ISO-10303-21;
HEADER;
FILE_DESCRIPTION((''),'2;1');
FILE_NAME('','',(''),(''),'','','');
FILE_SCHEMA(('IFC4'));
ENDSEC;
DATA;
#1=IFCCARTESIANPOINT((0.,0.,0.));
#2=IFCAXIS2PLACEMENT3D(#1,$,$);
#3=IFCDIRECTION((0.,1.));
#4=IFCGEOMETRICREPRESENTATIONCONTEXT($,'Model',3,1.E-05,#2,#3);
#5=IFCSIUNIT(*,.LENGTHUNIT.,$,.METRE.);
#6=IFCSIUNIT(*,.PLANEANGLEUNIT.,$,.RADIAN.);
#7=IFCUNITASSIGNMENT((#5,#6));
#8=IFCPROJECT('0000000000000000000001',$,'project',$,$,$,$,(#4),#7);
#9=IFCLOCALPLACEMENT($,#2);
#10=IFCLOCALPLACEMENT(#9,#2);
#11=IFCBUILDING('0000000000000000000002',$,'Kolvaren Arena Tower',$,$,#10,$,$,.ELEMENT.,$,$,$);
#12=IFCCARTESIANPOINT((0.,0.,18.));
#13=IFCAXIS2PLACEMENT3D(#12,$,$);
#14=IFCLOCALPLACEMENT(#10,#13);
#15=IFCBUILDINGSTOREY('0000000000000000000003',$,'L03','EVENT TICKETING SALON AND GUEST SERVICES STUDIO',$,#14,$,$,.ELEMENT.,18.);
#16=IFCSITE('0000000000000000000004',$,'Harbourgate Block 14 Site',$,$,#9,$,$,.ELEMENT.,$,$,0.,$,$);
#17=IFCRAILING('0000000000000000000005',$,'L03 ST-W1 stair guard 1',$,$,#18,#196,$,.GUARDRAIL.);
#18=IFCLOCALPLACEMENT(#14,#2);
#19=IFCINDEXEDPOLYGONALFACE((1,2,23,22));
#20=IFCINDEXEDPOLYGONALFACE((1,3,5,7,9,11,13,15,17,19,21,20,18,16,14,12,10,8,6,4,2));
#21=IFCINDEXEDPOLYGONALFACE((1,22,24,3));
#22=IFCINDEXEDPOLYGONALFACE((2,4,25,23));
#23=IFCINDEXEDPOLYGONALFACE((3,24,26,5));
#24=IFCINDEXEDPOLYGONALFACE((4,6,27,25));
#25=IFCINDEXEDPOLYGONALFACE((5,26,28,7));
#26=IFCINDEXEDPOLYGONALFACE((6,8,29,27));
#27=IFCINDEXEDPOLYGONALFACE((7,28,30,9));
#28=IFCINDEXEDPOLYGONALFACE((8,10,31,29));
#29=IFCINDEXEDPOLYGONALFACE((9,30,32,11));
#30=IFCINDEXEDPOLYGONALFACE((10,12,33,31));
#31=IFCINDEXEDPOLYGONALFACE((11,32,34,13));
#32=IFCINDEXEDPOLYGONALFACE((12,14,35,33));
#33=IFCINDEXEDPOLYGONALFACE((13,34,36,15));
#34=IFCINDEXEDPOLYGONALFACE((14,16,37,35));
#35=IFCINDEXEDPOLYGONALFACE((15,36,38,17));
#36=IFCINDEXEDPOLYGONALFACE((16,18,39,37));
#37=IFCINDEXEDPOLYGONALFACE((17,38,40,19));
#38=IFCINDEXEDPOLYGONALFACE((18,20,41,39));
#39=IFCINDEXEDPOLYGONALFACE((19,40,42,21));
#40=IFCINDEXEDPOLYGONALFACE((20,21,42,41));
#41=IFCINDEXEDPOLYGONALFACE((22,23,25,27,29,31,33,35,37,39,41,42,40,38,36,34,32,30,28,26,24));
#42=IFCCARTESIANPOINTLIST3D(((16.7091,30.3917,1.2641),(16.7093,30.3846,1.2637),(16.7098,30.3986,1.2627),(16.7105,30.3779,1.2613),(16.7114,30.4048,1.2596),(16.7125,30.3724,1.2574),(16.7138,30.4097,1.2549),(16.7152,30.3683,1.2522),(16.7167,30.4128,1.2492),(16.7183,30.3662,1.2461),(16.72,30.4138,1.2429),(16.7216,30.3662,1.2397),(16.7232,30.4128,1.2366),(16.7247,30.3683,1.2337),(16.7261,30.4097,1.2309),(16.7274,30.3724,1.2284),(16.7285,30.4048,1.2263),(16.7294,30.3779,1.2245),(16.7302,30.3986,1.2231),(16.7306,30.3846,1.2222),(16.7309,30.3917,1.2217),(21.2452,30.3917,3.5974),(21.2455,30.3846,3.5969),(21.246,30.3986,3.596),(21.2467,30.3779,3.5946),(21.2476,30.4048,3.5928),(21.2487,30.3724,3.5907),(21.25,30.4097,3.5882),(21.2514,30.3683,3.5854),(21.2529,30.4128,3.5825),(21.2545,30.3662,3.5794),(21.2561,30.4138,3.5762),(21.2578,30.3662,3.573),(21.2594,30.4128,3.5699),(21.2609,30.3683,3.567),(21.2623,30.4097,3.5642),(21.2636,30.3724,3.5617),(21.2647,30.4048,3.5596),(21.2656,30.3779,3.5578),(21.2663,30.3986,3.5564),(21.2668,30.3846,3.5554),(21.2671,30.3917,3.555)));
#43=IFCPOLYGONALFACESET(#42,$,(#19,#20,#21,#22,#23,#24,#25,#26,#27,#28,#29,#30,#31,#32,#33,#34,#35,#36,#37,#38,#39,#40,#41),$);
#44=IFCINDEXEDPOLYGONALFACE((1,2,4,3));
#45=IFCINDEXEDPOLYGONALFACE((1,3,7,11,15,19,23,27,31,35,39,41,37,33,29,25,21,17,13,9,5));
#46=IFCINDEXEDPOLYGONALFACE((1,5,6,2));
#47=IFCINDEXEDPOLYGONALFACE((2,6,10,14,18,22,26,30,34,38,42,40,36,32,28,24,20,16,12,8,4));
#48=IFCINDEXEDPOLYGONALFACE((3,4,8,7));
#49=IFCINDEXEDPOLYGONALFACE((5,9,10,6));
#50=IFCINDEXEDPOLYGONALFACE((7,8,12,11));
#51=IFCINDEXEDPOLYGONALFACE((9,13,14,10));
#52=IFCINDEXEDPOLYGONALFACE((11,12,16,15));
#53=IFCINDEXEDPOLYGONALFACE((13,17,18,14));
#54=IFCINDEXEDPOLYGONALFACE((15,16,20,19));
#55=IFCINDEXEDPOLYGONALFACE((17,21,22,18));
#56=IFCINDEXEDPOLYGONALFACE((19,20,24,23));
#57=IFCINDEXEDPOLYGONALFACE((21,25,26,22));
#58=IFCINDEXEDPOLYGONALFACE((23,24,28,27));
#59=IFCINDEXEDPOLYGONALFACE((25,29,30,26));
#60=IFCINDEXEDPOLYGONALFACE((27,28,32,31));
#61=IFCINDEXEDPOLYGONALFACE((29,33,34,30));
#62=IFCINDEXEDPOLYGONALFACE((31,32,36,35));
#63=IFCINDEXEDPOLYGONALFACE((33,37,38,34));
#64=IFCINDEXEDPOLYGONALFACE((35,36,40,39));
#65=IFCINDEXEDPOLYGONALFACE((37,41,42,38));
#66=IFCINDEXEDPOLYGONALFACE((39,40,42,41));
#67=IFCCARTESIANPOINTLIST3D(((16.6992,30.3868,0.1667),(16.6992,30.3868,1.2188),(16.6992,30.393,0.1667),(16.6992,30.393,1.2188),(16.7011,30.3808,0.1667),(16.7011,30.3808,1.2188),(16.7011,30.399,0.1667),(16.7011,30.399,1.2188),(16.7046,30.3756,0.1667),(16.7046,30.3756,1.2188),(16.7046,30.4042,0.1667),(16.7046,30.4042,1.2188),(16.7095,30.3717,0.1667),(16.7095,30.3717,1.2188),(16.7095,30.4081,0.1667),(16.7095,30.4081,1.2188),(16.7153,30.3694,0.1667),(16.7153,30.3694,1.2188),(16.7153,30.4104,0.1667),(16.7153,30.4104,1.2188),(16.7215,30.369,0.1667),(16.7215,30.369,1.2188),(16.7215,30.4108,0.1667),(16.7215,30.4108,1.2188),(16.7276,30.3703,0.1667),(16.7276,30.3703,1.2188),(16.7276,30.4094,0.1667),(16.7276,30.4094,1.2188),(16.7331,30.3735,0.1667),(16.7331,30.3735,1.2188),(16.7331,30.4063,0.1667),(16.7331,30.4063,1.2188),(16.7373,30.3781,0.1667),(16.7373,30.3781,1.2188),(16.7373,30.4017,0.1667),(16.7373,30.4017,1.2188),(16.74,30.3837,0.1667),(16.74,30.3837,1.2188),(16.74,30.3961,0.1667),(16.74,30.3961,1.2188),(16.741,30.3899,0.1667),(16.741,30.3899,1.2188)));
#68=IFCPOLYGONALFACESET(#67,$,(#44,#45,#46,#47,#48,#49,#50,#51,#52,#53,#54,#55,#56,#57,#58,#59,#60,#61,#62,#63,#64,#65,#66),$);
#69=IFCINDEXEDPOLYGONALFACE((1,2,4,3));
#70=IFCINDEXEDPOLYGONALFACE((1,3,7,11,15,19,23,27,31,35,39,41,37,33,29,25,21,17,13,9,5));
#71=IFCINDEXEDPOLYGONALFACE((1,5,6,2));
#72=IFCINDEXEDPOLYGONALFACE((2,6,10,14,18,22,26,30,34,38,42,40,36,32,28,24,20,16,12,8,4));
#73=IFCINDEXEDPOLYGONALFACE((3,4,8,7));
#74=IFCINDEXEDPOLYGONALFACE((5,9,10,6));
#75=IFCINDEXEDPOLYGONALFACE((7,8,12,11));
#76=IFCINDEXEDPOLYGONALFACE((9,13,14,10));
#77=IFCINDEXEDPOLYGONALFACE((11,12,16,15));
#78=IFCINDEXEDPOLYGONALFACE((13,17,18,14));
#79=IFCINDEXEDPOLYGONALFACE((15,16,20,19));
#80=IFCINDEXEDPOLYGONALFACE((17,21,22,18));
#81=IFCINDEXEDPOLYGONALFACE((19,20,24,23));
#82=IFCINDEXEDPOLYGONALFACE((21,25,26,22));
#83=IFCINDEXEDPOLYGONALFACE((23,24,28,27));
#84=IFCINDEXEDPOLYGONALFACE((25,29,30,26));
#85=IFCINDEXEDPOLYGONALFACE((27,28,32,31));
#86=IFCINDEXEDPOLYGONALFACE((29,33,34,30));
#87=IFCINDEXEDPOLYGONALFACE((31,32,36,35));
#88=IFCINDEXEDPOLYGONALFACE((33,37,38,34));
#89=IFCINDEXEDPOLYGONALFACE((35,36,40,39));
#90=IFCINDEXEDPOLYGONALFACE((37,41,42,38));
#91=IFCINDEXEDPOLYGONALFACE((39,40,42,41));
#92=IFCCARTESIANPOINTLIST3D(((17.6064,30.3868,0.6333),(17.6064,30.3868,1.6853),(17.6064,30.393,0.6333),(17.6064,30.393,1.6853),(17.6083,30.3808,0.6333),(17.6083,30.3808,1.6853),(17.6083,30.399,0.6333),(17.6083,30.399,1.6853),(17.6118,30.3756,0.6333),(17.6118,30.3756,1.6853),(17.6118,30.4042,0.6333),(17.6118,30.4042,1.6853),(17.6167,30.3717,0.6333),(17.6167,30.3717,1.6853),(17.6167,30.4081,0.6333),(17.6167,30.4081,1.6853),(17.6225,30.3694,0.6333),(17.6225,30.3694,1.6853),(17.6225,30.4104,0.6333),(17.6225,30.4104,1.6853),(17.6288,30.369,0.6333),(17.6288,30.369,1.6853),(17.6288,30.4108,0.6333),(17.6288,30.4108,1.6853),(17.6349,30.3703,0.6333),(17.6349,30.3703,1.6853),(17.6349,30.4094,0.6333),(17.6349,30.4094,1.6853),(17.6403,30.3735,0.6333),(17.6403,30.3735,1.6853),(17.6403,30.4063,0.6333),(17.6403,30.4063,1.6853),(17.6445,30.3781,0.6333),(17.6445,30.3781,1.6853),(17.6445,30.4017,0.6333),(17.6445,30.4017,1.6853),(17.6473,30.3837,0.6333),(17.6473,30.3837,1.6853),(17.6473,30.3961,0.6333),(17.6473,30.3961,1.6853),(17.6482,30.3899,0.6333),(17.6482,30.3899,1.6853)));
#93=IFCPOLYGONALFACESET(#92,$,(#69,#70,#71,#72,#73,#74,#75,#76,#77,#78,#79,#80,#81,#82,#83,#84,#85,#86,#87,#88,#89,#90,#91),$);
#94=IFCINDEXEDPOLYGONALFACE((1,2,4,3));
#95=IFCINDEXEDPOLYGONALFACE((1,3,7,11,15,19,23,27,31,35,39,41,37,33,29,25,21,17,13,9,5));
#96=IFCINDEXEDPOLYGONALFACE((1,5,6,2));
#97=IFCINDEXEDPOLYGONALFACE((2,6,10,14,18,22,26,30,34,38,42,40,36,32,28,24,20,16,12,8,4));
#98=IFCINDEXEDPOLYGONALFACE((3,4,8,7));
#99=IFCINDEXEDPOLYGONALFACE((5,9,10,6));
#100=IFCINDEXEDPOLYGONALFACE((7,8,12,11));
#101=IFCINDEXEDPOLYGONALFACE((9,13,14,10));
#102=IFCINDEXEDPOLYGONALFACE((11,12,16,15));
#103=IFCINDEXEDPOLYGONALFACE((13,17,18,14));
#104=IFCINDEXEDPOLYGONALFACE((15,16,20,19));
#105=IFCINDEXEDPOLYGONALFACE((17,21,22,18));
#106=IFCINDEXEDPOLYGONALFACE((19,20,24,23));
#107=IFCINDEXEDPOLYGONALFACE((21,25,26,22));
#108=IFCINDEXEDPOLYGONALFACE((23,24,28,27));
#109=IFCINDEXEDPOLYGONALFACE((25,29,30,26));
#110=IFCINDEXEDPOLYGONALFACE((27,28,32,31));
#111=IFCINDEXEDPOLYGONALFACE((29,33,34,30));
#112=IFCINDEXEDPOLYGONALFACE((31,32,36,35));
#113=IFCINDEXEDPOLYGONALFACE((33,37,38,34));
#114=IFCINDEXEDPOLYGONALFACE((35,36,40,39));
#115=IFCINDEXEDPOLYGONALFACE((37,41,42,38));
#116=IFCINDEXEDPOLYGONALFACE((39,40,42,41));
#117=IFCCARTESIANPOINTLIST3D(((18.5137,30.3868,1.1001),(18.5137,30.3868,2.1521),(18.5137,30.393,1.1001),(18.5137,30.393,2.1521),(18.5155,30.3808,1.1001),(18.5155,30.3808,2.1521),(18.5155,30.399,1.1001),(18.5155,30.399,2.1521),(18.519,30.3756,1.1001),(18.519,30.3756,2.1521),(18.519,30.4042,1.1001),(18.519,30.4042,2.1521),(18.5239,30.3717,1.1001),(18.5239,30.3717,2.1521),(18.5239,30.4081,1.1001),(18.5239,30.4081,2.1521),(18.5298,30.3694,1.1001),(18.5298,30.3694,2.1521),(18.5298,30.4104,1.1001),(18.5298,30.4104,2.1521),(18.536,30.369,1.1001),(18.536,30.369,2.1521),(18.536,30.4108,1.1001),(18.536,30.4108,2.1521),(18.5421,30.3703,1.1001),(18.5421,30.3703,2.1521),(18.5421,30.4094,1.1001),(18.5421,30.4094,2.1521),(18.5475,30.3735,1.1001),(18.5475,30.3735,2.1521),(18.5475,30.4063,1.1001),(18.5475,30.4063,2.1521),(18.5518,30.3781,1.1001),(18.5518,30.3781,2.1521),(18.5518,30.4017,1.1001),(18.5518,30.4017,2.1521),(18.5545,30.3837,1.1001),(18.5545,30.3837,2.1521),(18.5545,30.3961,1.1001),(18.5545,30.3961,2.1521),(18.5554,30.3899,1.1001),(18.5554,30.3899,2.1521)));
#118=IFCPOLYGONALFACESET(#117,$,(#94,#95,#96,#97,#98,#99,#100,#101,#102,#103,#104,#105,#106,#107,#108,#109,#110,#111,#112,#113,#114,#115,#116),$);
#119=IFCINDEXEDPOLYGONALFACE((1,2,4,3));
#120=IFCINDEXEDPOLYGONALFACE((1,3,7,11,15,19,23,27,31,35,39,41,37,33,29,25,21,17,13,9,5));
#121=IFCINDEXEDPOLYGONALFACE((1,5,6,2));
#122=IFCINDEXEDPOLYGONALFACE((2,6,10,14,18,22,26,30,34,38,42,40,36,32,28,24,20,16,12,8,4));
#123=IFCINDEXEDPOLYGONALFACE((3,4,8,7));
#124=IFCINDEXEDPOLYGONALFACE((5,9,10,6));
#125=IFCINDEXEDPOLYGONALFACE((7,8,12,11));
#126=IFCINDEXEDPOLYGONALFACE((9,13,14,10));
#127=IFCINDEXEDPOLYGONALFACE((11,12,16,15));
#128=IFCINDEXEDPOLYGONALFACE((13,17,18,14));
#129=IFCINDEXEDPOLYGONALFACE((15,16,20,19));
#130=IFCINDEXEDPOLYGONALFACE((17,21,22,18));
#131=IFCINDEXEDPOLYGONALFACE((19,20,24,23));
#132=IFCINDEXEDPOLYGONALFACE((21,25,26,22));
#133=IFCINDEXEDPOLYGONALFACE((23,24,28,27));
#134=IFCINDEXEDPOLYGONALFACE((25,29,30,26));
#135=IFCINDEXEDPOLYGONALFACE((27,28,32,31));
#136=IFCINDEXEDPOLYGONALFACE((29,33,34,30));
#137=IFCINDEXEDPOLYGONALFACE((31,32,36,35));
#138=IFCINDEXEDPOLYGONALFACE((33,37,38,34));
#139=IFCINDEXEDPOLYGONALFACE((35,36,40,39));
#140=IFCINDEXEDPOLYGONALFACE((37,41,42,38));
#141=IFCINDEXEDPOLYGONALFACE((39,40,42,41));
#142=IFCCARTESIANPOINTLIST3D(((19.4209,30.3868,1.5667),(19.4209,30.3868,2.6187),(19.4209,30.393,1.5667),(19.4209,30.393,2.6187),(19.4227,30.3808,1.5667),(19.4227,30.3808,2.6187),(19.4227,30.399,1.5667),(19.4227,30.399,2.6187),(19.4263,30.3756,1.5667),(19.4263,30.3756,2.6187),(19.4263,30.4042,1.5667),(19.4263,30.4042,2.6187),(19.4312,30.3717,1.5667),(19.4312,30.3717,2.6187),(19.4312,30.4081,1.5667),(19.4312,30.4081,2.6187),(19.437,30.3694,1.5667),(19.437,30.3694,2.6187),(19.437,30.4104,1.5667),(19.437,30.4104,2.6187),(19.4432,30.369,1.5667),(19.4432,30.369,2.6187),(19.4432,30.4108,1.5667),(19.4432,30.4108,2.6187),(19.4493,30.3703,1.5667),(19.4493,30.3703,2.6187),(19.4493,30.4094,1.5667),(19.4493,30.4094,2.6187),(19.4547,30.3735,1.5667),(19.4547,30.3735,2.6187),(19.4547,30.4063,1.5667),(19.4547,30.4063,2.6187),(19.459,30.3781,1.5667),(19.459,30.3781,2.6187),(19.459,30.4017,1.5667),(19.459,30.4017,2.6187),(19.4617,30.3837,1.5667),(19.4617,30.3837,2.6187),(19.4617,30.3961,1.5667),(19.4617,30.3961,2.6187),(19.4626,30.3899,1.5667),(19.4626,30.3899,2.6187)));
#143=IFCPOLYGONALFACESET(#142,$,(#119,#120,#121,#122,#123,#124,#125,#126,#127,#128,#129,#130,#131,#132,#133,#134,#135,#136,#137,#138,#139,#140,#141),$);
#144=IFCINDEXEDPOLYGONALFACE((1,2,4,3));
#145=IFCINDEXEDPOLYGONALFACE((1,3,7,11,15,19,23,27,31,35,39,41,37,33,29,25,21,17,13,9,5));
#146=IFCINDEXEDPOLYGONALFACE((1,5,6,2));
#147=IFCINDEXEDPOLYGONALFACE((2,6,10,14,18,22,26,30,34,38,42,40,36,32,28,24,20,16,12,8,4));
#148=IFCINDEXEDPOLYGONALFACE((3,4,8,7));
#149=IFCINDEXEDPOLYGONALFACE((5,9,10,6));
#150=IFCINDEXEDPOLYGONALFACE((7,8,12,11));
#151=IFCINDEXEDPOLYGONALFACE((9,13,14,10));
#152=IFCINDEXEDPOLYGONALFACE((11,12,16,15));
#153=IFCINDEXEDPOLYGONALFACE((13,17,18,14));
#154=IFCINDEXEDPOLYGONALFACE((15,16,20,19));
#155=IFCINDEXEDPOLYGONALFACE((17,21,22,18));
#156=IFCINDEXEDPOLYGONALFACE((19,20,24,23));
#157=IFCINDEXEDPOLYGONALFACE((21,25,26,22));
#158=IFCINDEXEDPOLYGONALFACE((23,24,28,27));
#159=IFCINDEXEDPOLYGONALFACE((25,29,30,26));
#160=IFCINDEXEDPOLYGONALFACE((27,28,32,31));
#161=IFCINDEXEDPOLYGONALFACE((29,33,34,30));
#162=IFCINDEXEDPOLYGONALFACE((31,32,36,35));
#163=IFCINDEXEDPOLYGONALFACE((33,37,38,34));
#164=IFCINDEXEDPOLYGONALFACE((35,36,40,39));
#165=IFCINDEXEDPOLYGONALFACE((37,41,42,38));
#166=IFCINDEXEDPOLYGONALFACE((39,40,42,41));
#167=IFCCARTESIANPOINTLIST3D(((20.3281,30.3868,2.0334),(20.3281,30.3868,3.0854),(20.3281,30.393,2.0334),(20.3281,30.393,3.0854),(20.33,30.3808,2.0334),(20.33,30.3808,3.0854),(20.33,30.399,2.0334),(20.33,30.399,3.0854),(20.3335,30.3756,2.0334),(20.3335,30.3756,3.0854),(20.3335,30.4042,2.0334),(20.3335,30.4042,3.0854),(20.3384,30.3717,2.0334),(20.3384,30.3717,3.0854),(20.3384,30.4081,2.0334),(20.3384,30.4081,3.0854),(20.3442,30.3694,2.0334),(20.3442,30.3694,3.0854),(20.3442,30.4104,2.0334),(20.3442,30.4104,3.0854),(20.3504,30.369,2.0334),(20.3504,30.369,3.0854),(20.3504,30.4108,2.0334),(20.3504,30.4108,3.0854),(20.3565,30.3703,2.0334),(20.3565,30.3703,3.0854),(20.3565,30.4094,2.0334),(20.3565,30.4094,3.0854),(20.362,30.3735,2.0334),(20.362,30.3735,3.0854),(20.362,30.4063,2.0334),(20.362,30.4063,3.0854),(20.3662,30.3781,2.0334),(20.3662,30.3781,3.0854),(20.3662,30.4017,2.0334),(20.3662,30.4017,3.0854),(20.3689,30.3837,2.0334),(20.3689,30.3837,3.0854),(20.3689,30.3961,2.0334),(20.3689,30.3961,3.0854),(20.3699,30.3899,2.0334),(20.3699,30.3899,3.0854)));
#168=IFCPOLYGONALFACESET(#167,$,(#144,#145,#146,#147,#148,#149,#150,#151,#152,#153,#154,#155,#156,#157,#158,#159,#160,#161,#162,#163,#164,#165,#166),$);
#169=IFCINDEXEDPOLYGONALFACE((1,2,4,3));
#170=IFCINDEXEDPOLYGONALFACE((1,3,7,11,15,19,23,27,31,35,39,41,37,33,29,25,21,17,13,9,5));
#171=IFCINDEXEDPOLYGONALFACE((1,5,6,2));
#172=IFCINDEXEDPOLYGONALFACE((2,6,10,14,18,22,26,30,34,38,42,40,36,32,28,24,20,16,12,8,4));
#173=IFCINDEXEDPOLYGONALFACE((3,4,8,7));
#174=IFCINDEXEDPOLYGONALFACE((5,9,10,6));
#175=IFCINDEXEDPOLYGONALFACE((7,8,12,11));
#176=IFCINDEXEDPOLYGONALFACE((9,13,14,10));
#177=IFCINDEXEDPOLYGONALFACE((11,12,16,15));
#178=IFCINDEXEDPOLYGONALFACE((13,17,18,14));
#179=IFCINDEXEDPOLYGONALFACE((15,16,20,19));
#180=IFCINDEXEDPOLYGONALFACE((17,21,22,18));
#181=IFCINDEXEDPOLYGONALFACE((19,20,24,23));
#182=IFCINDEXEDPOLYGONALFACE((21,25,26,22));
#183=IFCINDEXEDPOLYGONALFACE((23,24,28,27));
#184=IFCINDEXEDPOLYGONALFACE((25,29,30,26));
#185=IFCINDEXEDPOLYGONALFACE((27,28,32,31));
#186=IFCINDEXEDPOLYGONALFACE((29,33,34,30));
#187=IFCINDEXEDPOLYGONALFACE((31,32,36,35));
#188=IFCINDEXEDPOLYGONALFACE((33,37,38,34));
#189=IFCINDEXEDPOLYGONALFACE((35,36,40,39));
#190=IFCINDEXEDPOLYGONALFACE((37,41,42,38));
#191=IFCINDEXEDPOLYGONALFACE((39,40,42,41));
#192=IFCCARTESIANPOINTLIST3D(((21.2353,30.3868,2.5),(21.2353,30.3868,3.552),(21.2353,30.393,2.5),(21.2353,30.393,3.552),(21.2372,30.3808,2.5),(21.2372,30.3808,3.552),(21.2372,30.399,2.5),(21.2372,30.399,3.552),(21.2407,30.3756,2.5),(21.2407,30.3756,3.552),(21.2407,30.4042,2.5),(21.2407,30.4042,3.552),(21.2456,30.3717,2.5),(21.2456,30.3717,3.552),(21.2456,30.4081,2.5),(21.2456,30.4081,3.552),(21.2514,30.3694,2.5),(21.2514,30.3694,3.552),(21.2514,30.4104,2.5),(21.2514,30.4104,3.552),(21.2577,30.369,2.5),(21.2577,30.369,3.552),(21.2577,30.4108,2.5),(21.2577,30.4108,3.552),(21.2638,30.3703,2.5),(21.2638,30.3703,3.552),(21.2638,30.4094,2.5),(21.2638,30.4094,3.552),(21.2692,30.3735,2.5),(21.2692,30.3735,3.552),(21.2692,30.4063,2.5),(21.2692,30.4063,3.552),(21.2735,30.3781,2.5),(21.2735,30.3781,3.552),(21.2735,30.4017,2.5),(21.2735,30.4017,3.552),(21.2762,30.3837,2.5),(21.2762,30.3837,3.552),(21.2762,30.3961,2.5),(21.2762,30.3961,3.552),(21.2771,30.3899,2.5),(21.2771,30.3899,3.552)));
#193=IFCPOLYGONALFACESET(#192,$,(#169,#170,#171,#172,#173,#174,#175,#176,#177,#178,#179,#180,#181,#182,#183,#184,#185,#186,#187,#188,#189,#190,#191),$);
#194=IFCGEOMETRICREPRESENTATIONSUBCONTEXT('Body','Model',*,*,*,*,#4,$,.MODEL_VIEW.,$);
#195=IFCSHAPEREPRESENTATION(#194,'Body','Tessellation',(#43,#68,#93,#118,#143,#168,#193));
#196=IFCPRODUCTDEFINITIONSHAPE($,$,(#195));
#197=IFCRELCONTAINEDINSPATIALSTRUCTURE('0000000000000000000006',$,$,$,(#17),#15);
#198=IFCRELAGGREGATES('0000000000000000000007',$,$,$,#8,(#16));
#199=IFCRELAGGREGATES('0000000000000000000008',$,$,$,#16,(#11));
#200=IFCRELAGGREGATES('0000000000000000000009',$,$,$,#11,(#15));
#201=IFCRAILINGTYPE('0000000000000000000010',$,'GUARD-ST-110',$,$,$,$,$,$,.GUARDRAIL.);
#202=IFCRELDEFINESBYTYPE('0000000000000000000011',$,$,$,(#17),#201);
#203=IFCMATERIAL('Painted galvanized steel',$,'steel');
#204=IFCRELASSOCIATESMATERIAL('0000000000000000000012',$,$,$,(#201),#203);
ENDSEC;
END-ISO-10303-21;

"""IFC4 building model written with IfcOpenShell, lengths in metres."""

from ifc_helpers import new_model, si_unit, direction, frame, origin, origin_2d, place, context, subcontext, project, spatial, circle, extrude, material, type_object, element, save


model = new_model("IFC4")

# Units and contexts
model_context = context("Model", 3, precision=1e-05, world=origin(), true_north=direction((0.0, 1.0)))
body_context = subcontext(model_context, "Body", "Model", "MODEL_VIEW")
ifc_project = project(units=[si_unit("LENGTHUNIT", "METRE"), si_unit("PLANEANGLEUNIT", "RADIAN")], contexts=[model_context])

# Site, building, storey
site_placement = place(None, origin())
site = spatial("IfcSite", under=ifc_project, at=site_placement, Name="Harbourgate Block 14 Site", CompositionType="ELEMENT", RefElevation=0.0)
building_placement = place(site_placement, origin())
building = spatial("IfcBuilding", under=site, at=building_placement, Name="Kolvaren Arena Tower", CompositionType="ELEMENT")
storey_placement = place(building_placement, frame((0.0, 0.0, 18.0)))
storey = spatial("IfcBuildingStorey", under=building, at=storey_placement, Name="L03", Description="EVENT TICKETING SALON AND GUEST SERVICES STUDIO", CompositionType="ELEMENT", Elevation=18.0)

# Railing
ifc_material_1 = material(Name="Painted galvanized steel", Category="steel")
railing_type_1 = type_object("IfcRailingType", Name="GUARD-ST-110", PredefinedType="GUARDRAIL", material=ifc_material_1)
railing_1_placement = place(storey_placement, frame((16.72, 30.3899, 0.1667)))
element("IfcRailing", 1, at=railing_1_placement, inside=storey, type_object=railing_type_1, Name="L03 ST-W1 stair guard 1", PredefinedType="GUARDRAIL", context=body_context, shape_type="SweptSolid", body=[
    extrude(circle(Radius=0.0239, at=origin_2d()), frame((0.0, 0.0, 1.0762), z_axis=(0.889257, 0.0, 0.457407), x_axis=(0.0, 1.0, 0.0)), (0.0, 0.0, 1.0), 5.1011),
    extrude(circle(Radius=0.021, at=origin_2d()), origin(), (0.0, 0.0, 1.0), 1.052),
    extrude(circle(Radius=0.021, at=origin_2d()), frame((0.9072, 0.0, 0.4666)), (0.0, 0.0, 1.0), 1.052),
    extrude(circle(Radius=0.021, at=origin_2d()), frame((1.8145, 0.0, 0.9333)), (0.0, 0.0, 1.0), 1.052),
    extrude(circle(Radius=0.021, at=origin_2d()), frame((2.7217, 0.0, 1.3999)), (0.0, 0.0, 1.0), 1.052),
    extrude(circle(Radius=0.021, at=origin_2d()), frame((3.6289, 0.0, 1.8667)), (0.0, 0.0, 1.0), 1.052),
    extrude(circle(Radius=0.021, at=origin_2d()), frame((4.5361, 0.0, 2.3333)), (0.0, 0.0, 1.0), 1.052),
])

save(model, "model.ifc")
